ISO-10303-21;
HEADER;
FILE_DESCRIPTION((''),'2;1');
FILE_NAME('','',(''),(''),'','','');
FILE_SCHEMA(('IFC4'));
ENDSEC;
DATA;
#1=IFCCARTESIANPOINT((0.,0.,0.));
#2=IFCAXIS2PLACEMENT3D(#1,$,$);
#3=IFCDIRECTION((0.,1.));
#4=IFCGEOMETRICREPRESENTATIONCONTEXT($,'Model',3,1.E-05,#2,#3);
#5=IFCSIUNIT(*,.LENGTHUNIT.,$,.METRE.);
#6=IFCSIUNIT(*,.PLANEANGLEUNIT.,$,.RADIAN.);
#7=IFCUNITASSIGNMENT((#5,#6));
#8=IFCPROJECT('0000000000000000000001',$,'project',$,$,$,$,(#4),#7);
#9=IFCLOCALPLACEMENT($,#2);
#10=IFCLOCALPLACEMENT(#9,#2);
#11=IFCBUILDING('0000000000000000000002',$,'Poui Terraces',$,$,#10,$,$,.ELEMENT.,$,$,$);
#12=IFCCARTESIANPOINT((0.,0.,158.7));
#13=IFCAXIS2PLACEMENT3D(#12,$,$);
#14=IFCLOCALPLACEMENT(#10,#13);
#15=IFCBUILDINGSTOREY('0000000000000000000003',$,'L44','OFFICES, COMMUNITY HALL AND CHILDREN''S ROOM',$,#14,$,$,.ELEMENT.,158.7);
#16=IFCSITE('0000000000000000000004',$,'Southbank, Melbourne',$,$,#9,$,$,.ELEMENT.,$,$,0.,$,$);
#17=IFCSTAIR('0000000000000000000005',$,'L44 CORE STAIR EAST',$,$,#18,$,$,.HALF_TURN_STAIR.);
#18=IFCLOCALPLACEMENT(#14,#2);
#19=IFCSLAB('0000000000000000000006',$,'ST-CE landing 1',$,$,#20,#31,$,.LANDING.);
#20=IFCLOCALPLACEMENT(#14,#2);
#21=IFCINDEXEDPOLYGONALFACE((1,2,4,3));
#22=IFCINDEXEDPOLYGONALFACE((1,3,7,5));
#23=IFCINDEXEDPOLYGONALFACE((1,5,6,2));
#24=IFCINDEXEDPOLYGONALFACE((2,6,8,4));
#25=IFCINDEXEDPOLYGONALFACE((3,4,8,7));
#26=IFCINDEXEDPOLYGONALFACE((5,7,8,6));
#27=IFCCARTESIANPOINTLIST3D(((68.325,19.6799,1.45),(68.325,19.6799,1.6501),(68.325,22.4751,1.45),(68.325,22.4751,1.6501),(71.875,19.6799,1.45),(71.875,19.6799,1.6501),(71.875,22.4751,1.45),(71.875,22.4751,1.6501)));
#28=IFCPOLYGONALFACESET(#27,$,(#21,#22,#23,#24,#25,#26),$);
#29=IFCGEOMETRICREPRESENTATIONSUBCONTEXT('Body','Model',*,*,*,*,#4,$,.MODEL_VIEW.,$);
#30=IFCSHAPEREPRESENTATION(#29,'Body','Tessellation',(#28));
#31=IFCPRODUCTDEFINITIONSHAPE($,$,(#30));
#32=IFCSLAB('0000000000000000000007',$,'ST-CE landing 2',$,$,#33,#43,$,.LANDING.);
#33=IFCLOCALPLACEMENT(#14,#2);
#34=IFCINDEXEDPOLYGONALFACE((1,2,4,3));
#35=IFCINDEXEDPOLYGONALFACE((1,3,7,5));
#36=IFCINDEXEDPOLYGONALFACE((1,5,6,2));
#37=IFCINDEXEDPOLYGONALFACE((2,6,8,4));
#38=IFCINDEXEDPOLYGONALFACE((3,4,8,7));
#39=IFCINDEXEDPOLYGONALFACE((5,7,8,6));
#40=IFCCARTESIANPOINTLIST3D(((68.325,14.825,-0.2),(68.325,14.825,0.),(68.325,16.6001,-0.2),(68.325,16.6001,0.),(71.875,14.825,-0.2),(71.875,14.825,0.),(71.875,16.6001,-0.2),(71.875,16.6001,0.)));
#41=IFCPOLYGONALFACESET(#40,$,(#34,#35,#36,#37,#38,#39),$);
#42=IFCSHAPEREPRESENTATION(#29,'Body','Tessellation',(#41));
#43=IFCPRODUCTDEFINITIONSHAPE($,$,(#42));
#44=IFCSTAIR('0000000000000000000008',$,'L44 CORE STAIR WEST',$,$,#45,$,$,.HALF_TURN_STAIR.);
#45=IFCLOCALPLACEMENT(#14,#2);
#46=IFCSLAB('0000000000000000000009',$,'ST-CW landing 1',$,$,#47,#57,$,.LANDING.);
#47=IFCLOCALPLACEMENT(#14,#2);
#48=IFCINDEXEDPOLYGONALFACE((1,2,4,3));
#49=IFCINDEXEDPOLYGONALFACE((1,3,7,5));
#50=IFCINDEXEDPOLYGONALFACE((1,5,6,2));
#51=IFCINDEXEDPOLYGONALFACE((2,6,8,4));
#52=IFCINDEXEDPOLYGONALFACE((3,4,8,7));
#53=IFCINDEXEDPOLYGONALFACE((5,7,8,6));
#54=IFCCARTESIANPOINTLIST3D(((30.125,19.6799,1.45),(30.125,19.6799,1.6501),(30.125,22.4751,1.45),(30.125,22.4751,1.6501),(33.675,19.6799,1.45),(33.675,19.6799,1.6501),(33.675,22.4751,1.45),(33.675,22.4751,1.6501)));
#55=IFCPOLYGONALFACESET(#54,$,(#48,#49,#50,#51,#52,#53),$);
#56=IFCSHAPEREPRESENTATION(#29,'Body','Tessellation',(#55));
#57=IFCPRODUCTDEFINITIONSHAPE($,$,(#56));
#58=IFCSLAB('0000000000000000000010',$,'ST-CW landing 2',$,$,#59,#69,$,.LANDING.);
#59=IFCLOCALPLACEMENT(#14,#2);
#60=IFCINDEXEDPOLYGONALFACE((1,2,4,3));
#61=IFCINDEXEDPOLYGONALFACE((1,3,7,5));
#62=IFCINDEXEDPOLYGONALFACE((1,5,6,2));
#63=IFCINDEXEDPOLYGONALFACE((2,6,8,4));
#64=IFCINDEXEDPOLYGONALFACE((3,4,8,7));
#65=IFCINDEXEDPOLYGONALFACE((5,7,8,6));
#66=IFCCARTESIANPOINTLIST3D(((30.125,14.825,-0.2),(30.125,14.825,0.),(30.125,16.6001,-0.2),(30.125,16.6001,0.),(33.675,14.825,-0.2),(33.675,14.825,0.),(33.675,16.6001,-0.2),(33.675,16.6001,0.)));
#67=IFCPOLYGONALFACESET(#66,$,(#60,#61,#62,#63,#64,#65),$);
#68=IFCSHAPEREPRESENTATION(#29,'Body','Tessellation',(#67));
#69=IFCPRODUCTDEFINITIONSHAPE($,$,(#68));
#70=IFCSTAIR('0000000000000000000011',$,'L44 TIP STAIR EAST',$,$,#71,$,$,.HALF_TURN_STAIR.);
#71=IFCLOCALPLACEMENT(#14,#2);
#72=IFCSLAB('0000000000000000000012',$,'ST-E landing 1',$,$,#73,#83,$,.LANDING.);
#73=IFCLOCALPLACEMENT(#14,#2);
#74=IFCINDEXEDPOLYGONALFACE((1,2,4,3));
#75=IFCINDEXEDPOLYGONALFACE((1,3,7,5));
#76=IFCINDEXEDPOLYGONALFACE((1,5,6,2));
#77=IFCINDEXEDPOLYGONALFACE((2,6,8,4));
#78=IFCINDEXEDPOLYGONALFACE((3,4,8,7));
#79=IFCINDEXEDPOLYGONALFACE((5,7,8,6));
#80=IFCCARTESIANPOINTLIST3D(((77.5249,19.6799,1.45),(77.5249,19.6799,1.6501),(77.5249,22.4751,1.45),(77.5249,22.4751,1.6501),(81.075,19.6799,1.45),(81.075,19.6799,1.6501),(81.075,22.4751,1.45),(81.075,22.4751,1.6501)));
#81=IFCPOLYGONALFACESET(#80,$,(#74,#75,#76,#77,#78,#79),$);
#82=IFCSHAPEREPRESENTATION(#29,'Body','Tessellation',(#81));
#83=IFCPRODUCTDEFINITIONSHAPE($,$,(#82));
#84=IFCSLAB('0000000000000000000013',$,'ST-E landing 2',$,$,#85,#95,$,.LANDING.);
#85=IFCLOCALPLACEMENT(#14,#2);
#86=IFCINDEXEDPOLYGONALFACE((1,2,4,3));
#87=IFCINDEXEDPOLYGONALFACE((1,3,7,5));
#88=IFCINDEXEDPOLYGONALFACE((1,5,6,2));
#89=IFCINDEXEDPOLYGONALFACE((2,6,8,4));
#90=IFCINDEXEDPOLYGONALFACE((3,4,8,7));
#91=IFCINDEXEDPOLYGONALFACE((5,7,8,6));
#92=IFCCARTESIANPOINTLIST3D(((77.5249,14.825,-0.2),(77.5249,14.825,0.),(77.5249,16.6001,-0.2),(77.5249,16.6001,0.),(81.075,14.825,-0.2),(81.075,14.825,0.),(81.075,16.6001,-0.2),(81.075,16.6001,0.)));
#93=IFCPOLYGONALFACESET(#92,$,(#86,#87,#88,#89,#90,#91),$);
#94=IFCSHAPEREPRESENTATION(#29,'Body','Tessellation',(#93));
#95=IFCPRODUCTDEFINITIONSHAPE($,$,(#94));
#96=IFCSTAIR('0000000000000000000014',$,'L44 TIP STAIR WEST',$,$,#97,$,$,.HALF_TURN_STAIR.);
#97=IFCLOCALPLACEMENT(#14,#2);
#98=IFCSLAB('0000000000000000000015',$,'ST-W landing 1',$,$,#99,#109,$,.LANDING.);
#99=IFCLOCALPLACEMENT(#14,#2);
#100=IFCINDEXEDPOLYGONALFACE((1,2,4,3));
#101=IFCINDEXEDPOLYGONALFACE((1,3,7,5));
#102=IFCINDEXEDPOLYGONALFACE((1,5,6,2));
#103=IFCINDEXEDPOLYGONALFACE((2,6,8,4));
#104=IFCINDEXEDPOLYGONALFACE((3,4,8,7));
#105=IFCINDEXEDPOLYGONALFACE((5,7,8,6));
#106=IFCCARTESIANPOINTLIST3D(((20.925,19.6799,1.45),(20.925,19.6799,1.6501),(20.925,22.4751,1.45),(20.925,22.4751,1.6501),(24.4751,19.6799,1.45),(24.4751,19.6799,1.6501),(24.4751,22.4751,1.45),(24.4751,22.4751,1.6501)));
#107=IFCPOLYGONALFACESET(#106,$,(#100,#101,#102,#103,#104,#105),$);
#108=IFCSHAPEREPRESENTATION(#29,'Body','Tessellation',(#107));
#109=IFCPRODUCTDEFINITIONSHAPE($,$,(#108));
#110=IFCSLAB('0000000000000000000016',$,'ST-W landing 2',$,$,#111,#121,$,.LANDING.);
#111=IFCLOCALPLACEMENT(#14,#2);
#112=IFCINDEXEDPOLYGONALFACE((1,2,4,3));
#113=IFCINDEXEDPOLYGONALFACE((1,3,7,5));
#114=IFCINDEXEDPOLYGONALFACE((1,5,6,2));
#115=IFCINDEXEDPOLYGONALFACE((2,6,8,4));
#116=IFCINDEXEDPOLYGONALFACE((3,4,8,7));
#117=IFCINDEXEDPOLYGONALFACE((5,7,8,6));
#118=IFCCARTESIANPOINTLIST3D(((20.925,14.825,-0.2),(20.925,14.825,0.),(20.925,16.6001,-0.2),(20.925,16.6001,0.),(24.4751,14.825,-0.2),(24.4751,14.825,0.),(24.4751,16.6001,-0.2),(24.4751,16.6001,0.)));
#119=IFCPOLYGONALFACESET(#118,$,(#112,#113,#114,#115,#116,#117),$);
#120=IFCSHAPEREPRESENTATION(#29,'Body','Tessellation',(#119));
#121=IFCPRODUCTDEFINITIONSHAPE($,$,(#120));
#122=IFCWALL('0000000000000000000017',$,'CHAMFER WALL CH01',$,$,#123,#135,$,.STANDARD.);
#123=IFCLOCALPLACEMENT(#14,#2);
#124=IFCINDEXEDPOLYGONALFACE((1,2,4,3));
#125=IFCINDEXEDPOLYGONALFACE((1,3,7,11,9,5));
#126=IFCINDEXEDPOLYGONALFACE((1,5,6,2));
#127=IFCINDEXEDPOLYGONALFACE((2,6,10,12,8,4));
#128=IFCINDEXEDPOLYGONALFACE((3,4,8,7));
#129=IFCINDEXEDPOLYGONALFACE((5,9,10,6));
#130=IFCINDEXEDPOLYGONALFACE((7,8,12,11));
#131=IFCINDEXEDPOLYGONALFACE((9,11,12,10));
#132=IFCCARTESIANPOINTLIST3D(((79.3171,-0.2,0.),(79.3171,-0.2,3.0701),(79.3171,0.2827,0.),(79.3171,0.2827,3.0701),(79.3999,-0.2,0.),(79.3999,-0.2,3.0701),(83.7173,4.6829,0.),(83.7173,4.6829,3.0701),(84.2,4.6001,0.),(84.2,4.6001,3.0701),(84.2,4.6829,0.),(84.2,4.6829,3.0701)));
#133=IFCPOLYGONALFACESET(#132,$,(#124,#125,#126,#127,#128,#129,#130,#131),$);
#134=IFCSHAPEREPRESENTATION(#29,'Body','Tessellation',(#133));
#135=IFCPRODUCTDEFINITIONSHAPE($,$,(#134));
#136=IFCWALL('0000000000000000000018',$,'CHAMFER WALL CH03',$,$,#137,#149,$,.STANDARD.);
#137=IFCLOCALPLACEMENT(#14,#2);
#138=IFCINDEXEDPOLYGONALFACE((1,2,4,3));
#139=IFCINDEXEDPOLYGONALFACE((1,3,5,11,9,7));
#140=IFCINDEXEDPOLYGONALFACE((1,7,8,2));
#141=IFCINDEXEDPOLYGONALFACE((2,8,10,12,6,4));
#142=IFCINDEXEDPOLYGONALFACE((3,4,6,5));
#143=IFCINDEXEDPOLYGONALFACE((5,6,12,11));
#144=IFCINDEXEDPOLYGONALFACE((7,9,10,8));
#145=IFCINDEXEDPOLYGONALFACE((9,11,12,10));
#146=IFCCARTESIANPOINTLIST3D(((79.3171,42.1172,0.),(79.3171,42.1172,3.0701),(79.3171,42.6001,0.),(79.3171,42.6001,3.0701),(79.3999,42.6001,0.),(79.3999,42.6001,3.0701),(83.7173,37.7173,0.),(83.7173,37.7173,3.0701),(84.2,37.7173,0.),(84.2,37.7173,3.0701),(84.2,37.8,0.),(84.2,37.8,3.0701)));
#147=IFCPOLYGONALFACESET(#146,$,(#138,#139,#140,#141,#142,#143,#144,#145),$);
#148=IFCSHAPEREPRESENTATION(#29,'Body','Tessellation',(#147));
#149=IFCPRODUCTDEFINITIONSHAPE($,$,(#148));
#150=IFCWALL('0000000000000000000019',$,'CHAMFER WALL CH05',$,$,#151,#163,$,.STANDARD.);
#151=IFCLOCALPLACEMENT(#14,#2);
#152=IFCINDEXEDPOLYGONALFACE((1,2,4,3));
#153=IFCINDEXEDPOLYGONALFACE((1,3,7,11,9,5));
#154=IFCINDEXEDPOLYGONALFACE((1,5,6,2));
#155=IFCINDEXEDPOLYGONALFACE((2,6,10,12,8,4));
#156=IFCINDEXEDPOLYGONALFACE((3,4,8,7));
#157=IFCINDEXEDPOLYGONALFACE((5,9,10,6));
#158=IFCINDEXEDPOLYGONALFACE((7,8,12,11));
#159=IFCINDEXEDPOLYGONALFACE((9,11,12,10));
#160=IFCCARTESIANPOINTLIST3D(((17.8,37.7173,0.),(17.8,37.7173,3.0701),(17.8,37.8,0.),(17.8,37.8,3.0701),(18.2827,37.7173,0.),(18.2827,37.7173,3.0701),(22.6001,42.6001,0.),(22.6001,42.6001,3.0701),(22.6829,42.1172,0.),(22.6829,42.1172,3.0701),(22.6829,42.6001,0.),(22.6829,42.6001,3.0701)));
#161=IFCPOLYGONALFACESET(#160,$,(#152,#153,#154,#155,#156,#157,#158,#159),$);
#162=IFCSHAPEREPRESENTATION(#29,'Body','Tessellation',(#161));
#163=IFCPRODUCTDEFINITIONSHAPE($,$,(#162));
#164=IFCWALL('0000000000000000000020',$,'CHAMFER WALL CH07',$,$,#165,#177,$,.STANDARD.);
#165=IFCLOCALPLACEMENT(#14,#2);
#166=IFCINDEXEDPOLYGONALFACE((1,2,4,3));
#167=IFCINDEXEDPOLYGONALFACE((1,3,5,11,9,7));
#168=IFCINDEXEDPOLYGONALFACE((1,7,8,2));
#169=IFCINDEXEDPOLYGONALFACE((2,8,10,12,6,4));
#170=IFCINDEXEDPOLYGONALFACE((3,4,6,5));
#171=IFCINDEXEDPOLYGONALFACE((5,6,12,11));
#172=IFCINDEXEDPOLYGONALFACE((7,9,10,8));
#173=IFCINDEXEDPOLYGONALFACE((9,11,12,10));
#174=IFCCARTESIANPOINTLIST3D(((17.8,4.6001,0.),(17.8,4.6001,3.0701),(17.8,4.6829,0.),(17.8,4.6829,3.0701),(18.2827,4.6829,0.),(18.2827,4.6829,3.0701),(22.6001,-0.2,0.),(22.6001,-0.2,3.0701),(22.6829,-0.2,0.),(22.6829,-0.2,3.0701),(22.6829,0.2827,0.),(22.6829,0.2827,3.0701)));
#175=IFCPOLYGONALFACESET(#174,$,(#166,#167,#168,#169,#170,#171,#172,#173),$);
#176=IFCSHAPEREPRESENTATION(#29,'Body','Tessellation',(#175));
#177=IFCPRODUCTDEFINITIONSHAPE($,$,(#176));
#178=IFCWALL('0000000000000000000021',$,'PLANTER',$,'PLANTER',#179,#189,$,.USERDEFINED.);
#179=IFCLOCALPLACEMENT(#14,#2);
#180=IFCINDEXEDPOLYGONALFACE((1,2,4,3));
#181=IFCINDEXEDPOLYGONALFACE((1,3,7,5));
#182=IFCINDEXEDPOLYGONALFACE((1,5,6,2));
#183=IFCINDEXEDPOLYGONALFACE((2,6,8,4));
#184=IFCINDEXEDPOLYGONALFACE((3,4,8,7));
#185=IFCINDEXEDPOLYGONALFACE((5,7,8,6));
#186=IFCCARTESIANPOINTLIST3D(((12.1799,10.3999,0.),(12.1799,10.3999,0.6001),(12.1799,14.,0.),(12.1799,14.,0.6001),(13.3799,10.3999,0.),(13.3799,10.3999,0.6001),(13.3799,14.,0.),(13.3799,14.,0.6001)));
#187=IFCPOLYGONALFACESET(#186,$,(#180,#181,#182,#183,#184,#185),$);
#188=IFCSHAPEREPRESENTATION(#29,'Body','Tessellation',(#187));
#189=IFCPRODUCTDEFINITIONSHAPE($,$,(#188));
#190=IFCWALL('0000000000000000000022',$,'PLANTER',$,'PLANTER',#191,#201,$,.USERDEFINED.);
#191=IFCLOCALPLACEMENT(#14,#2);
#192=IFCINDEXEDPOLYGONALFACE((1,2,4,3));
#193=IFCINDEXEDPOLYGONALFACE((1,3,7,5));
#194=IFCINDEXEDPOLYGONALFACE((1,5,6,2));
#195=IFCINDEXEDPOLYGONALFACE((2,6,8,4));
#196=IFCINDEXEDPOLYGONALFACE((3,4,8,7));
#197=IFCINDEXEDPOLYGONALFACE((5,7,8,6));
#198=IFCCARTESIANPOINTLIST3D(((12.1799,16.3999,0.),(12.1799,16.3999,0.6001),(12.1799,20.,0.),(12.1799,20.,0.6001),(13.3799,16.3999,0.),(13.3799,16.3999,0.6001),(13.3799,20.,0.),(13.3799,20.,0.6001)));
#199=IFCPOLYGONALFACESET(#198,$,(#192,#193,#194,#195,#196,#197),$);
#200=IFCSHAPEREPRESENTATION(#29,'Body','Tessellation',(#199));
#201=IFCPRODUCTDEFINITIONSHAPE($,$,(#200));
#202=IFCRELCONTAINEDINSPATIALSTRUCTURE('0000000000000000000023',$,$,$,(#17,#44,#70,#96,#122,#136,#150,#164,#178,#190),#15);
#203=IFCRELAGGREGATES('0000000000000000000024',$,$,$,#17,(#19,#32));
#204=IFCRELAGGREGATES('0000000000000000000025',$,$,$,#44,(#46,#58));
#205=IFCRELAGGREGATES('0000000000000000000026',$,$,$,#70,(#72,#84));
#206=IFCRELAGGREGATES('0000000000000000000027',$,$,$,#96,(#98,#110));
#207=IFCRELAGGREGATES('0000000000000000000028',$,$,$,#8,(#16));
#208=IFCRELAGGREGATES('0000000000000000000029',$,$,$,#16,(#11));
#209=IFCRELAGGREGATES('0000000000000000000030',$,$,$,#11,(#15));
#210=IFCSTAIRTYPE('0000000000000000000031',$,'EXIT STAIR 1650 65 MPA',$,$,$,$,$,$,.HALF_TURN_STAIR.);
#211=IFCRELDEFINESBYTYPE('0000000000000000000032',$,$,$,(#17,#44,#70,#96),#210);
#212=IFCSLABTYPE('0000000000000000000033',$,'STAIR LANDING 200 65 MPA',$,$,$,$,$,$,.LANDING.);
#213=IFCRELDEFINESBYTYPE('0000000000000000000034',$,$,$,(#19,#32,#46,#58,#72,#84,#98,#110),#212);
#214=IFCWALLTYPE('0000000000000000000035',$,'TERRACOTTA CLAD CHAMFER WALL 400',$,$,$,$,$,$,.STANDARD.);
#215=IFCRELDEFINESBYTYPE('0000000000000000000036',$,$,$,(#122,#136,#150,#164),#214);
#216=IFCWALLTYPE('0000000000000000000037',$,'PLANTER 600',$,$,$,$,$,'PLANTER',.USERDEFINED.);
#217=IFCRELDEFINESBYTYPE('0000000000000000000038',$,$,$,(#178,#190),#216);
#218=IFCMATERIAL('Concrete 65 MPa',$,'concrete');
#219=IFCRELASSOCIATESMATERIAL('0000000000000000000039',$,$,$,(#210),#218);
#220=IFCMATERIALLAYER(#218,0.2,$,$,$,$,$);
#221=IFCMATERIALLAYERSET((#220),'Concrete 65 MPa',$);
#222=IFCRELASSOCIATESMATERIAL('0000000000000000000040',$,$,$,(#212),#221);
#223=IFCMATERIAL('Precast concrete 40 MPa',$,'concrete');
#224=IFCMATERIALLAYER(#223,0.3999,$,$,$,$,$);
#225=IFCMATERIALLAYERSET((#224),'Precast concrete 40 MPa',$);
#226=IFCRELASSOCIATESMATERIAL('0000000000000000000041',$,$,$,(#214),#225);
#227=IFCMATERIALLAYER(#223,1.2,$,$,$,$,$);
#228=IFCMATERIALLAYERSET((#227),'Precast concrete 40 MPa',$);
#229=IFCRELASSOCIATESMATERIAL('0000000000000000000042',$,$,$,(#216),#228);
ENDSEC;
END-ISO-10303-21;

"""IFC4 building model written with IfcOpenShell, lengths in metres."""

from ifc_helpers import new_model, si_unit, direction, frame, origin, place, context, subcontext, project, spatial, polyline, outline, extrude, source, transform, mapped, material, layer, layer_set, type_object, element, aggregate, save


model = new_model("IFC4")

# Units and contexts
model_context = context("Model", 3, precision=1e-05, world=origin(), true_north=direction((0.0, 1.0)))
body_context = subcontext(model_context, "Body", "Model", "MODEL_VIEW")
ifc_project = project(units=[si_unit("LENGTHUNIT", "METRE"), si_unit("PLANEANGLEUNIT", "RADIAN")], contexts=[model_context])

# Site, building, storey
site_placement = place(None, origin())
site = spatial("IfcSite", under=ifc_project, at=site_placement, Name="Southbank, Melbourne", CompositionType="ELEMENT", RefElevation=0.0)
building_placement = place(site_placement, origin())
building = spatial("IfcBuilding", under=site, at=building_placement, Name="Poui Terraces", CompositionType="ELEMENT")
storey_placement = place(building_placement, frame((0.0, 0.0, 158.7)))
storey = spatial("IfcBuildingStorey", under=building, at=storey_placement, Name="L44", Description="OFFICES, COMMUNITY HALL AND CHILDREN'S ROOM", CompositionType="ELEMENT", Elevation=158.7)

# Stairs, slabs
ifc_material_1 = material(Name="Concrete 65 MPa", Category="concrete")
stair_type = type_object("IfcStairType", Name="EXIT STAIR 1650 65 MPA", PredefinedType="HALF_TURN_STAIR", material=ifc_material_1)
stair_1_placement = place(storey_placement, origin())
stair_1 = element("IfcStair", 1, at=stair_1_placement, inside=storey, type_object=stair_type, Name="L44 CORE STAIR EAST", PredefinedType="HALF_TURN_STAIR")
ifc_layer_1 = layer(ifc_material_1, 0.2)
ifc_layer_set_1 = layer_set([ifc_layer_1], Name="Concrete 65 MPa")
slab_type = type_object("IfcSlabType", Name="STAIR LANDING 200 65 MPA", PredefinedType="LANDING", material=ifc_layer_set_1)
slab_1_placement = place(storey_placement, frame((0.0, 0.0, 1.45)))
slab_1 = element("IfcSlab", 2, at=slab_1_placement, type_object=slab_type, Name="ST-CE landing 1", PredefinedType="LANDING", context=body_context, shape_type="SweptSolid", body=[
    extrude(outline(polyline([(68.325, 19.6799), (71.875, 19.6799), (71.875, 22.4751), (68.325, 22.4751), (68.325, 19.6799)])), origin(), (0.0, 0.0, 1.0), 0.2002),
])
slab_2_placement = place(storey_placement, frame((0.0, 0.0, -0.2)))
slab_2 = element("IfcSlab", 3, at=slab_2_placement, type_object=slab_type, Name="ST-CE landing 2", PredefinedType="LANDING", context=body_context, shape_type="SweptSolid", body=[
    extrude(outline(polyline([(68.325, 14.825), (71.875, 14.825), (71.875, 16.6001), (68.325, 16.6001), (68.325, 14.825)])), origin(), (0.0, 0.0, 1.0), 0.2),
])
aggregate(stair_1, [slab_1, slab_2])
stair_2_placement = place(storey_placement, origin())
stair_2 = element("IfcStair", 4, at=stair_2_placement, inside=storey, type_object=stair_type, Name="L44 CORE STAIR WEST", PredefinedType="HALF_TURN_STAIR")
slab_3_placement = place(storey_placement, frame((0.0, 0.0, 1.45)))
slab_3 = element("IfcSlab", 5, at=slab_3_placement, type_object=slab_type, Name="ST-CW landing 1", PredefinedType="LANDING", context=body_context, shape_type="SweptSolid", body=[
    extrude(outline(polyline([(30.125, 19.6799), (33.675, 19.6799), (33.675, 22.4751), (30.125, 22.4751), (30.125, 19.6799)])), origin(), (0.0, 0.0, 1.0), 0.2002),
])
slab_4_placement = place(storey_placement, frame((0.0, 0.0, -0.2)))
slab_4 = element("IfcSlab", 6, at=slab_4_placement, type_object=slab_type, Name="ST-CW landing 2", PredefinedType="LANDING", context=body_context, shape_type="SweptSolid", body=[
    extrude(outline(polyline([(30.125, 14.825), (33.675, 14.825), (33.675, 16.6001), (30.125, 16.6001), (30.125, 14.825)])), origin(), (0.0, 0.0, 1.0), 0.2),
])
aggregate(stair_2, [slab_3, slab_4])
stair_3_placement = place(storey_placement, origin())
stair_3 = element("IfcStair", 7, at=stair_3_placement, inside=storey, type_object=stair_type, Name="L44 TIP STAIR EAST", PredefinedType="HALF_TURN_STAIR")
slab_5_placement = place(storey_placement, frame((0.0, 0.0, 1.45)))
slab_5 = element("IfcSlab", 8, at=slab_5_placement, type_object=slab_type, Name="ST-E landing 1", PredefinedType="LANDING", context=body_context, shape_type="SweptSolid", body=[
    extrude(outline(polyline([(77.5249, 19.6799), (81.075, 19.6799), (81.075, 22.4751), (77.5249, 22.4751), (77.5249, 19.6799)])), origin(), (0.0, 0.0, 1.0), 0.2002),
])
slab_6_placement = place(storey_placement, frame((0.0, 0.0, -0.2)))
slab_6 = element("IfcSlab", 9, at=slab_6_placement, type_object=slab_type, Name="ST-E landing 2", PredefinedType="LANDING", context=body_context, shape_type="SweptSolid", body=[
    extrude(outline(polyline([(77.5249, 14.825), (81.075, 14.825), (81.075, 16.6001), (77.5249, 16.6001), (77.5249, 14.825)])), origin(), (0.0, 0.0, 1.0), 0.2),
])
aggregate(stair_3, [slab_5, slab_6])
stair_4_placement = place(storey_placement, origin())
stair_4 = element("IfcStair", 10, at=stair_4_placement, inside=storey, type_object=stair_type, Name="L44 TIP STAIR WEST", PredefinedType="HALF_TURN_STAIR")
slab_7_placement = place(storey_placement, frame((0.0, 0.0, 1.45)))
slab_7 = element("IfcSlab", 11, at=slab_7_placement, type_object=slab_type, Name="ST-W landing 1", PredefinedType="LANDING", context=body_context, shape_type="SweptSolid", body=[
    extrude(outline(polyline([(20.925, 19.6799), (24.4751, 19.6799), (24.4751, 22.4751), (20.925, 22.4751), (20.925, 19.6799)])), origin(), (0.0, 0.0, 1.0), 0.2002),
])
slab_8_placement = place(storey_placement, frame((0.0, 0.0, -0.2)))
slab_8 = element("IfcSlab", 12, at=slab_8_placement, type_object=slab_type, Name="ST-W landing 2", PredefinedType="LANDING", context=body_context, shape_type="SweptSolid", body=[
    extrude(outline(polyline([(20.925, 14.825), (24.4751, 14.825), (24.4751, 16.6001), (20.925, 16.6001), (20.925, 14.825)])), origin(), (0.0, 0.0, 1.0), 0.2),
])
aggregate(stair_4, [slab_7, slab_8])

# Walls
ifc_material_2 = material(Name="Precast concrete 40 MPa", Category="concrete")
ifc_layer_2 = layer(ifc_material_2, 0.3999)
ifc_layer_set_2 = layer_set([ifc_layer_2], Name="Precast concrete 40 MPa")
wall_type_1 = type_object("IfcWallType", Name="TERRACOTTA CLAD CHAMFER WALL 400", PredefinedType="STANDARD", material=ifc_layer_set_2)
wall_1_placement = place(storey_placement, origin())
element("IfcWall", 13, at=wall_1_placement, inside=storey, type_object=wall_type_1, Name="CHAMFER WALL CH01", PredefinedType="STANDARD", context=body_context, shape_type="SweptSolid", body=[
    extrude(outline(polyline([(79.3171, -0.2), (79.3999, -0.2), (84.2, 4.6001), (84.2, 4.6829), (83.7173, 4.6829), (79.3171, 0.2827), (79.3171, -0.2)])), origin(), (0.0, 0.0, 1.0), 3.0701),
])
wall_2_placement = place(storey_placement, origin())
element("IfcWall", 14, at=wall_2_placement, inside=storey, type_object=wall_type_1, Name="CHAMFER WALL CH03", PredefinedType="STANDARD", context=body_context, shape_type="SweptSolid", body=[
    extrude(outline(polyline([(84.2, 37.7173), (84.2, 37.8), (79.3999, 42.6001), (79.3171, 42.6001), (79.3171, 42.1172), (83.7173, 37.7173), (84.2, 37.7173)])), origin(), (0.0, 0.0, 1.0), 3.0701),
])
wall_3_placement = place(storey_placement, origin())
element("IfcWall", 15, at=wall_3_placement, inside=storey, type_object=wall_type_1, Name="CHAMFER WALL CH05", PredefinedType="STANDARD", context=body_context, shape_type="SweptSolid", body=[
    extrude(outline(polyline([(22.6829, 42.6001), (22.6001, 42.6001), (17.8, 37.8), (17.8, 37.7173), (18.2827, 37.7173), (22.6829, 42.1172), (22.6829, 42.6001)])), origin(), (0.0, 0.0, 1.0), 3.0701),
])
wall_4_placement = place(storey_placement, origin())
element("IfcWall", 16, at=wall_4_placement, inside=storey, type_object=wall_type_1, Name="CHAMFER WALL CH07", PredefinedType="STANDARD", context=body_context, shape_type="SweptSolid", body=[
    extrude(outline(polyline([(17.8, 4.6829), (17.8, 4.6001), (22.6001, -0.2), (22.6829, -0.2), (22.6829, 0.2827), (18.2827, 4.6829), (17.8, 4.6829)])), origin(), (0.0, 0.0, 1.0), 3.0701),
])
ifc_layer_3 = layer(ifc_material_2, 1.2)
ifc_layer_set_3 = layer_set([ifc_layer_3], Name="Precast concrete 40 MPa")
wall_type_2 = type_object("IfcWallType", Name="PLANTER 600", ElementType="PLANTER", PredefinedType="USERDEFINED", material=ifc_layer_set_3)
shared_shape_1 = source(origin(), body_context, "Body", "SweptSolid", [
    extrude(outline(polyline([(0.0, 0.0), (1.2, 0.0), (1.2, 3.6001), (0.0, 3.6001), (0.0, 0.0)])), origin(), (0.0, 0.0, 1.0), 0.6001),
])
for number, where, name in (
    (17, (12.1799, 10.3999, 0.0), "PLANTER"),
    (18, (12.1799, 16.3999, 0.0), "PLANTER"),
):
    element("IfcWall", number, at=place(storey_placement, frame(where)), inside=storey, type_object=wall_type_2, Name=name, ObjectType="PLANTER", PredefinedType="USERDEFINED", context=body_context, shape_type="MappedRepresentation", body=[
        mapped(shared_shape_1, transform((0.0, 0.0, 0.0))),
    ])

save(model, "model.ifc")
